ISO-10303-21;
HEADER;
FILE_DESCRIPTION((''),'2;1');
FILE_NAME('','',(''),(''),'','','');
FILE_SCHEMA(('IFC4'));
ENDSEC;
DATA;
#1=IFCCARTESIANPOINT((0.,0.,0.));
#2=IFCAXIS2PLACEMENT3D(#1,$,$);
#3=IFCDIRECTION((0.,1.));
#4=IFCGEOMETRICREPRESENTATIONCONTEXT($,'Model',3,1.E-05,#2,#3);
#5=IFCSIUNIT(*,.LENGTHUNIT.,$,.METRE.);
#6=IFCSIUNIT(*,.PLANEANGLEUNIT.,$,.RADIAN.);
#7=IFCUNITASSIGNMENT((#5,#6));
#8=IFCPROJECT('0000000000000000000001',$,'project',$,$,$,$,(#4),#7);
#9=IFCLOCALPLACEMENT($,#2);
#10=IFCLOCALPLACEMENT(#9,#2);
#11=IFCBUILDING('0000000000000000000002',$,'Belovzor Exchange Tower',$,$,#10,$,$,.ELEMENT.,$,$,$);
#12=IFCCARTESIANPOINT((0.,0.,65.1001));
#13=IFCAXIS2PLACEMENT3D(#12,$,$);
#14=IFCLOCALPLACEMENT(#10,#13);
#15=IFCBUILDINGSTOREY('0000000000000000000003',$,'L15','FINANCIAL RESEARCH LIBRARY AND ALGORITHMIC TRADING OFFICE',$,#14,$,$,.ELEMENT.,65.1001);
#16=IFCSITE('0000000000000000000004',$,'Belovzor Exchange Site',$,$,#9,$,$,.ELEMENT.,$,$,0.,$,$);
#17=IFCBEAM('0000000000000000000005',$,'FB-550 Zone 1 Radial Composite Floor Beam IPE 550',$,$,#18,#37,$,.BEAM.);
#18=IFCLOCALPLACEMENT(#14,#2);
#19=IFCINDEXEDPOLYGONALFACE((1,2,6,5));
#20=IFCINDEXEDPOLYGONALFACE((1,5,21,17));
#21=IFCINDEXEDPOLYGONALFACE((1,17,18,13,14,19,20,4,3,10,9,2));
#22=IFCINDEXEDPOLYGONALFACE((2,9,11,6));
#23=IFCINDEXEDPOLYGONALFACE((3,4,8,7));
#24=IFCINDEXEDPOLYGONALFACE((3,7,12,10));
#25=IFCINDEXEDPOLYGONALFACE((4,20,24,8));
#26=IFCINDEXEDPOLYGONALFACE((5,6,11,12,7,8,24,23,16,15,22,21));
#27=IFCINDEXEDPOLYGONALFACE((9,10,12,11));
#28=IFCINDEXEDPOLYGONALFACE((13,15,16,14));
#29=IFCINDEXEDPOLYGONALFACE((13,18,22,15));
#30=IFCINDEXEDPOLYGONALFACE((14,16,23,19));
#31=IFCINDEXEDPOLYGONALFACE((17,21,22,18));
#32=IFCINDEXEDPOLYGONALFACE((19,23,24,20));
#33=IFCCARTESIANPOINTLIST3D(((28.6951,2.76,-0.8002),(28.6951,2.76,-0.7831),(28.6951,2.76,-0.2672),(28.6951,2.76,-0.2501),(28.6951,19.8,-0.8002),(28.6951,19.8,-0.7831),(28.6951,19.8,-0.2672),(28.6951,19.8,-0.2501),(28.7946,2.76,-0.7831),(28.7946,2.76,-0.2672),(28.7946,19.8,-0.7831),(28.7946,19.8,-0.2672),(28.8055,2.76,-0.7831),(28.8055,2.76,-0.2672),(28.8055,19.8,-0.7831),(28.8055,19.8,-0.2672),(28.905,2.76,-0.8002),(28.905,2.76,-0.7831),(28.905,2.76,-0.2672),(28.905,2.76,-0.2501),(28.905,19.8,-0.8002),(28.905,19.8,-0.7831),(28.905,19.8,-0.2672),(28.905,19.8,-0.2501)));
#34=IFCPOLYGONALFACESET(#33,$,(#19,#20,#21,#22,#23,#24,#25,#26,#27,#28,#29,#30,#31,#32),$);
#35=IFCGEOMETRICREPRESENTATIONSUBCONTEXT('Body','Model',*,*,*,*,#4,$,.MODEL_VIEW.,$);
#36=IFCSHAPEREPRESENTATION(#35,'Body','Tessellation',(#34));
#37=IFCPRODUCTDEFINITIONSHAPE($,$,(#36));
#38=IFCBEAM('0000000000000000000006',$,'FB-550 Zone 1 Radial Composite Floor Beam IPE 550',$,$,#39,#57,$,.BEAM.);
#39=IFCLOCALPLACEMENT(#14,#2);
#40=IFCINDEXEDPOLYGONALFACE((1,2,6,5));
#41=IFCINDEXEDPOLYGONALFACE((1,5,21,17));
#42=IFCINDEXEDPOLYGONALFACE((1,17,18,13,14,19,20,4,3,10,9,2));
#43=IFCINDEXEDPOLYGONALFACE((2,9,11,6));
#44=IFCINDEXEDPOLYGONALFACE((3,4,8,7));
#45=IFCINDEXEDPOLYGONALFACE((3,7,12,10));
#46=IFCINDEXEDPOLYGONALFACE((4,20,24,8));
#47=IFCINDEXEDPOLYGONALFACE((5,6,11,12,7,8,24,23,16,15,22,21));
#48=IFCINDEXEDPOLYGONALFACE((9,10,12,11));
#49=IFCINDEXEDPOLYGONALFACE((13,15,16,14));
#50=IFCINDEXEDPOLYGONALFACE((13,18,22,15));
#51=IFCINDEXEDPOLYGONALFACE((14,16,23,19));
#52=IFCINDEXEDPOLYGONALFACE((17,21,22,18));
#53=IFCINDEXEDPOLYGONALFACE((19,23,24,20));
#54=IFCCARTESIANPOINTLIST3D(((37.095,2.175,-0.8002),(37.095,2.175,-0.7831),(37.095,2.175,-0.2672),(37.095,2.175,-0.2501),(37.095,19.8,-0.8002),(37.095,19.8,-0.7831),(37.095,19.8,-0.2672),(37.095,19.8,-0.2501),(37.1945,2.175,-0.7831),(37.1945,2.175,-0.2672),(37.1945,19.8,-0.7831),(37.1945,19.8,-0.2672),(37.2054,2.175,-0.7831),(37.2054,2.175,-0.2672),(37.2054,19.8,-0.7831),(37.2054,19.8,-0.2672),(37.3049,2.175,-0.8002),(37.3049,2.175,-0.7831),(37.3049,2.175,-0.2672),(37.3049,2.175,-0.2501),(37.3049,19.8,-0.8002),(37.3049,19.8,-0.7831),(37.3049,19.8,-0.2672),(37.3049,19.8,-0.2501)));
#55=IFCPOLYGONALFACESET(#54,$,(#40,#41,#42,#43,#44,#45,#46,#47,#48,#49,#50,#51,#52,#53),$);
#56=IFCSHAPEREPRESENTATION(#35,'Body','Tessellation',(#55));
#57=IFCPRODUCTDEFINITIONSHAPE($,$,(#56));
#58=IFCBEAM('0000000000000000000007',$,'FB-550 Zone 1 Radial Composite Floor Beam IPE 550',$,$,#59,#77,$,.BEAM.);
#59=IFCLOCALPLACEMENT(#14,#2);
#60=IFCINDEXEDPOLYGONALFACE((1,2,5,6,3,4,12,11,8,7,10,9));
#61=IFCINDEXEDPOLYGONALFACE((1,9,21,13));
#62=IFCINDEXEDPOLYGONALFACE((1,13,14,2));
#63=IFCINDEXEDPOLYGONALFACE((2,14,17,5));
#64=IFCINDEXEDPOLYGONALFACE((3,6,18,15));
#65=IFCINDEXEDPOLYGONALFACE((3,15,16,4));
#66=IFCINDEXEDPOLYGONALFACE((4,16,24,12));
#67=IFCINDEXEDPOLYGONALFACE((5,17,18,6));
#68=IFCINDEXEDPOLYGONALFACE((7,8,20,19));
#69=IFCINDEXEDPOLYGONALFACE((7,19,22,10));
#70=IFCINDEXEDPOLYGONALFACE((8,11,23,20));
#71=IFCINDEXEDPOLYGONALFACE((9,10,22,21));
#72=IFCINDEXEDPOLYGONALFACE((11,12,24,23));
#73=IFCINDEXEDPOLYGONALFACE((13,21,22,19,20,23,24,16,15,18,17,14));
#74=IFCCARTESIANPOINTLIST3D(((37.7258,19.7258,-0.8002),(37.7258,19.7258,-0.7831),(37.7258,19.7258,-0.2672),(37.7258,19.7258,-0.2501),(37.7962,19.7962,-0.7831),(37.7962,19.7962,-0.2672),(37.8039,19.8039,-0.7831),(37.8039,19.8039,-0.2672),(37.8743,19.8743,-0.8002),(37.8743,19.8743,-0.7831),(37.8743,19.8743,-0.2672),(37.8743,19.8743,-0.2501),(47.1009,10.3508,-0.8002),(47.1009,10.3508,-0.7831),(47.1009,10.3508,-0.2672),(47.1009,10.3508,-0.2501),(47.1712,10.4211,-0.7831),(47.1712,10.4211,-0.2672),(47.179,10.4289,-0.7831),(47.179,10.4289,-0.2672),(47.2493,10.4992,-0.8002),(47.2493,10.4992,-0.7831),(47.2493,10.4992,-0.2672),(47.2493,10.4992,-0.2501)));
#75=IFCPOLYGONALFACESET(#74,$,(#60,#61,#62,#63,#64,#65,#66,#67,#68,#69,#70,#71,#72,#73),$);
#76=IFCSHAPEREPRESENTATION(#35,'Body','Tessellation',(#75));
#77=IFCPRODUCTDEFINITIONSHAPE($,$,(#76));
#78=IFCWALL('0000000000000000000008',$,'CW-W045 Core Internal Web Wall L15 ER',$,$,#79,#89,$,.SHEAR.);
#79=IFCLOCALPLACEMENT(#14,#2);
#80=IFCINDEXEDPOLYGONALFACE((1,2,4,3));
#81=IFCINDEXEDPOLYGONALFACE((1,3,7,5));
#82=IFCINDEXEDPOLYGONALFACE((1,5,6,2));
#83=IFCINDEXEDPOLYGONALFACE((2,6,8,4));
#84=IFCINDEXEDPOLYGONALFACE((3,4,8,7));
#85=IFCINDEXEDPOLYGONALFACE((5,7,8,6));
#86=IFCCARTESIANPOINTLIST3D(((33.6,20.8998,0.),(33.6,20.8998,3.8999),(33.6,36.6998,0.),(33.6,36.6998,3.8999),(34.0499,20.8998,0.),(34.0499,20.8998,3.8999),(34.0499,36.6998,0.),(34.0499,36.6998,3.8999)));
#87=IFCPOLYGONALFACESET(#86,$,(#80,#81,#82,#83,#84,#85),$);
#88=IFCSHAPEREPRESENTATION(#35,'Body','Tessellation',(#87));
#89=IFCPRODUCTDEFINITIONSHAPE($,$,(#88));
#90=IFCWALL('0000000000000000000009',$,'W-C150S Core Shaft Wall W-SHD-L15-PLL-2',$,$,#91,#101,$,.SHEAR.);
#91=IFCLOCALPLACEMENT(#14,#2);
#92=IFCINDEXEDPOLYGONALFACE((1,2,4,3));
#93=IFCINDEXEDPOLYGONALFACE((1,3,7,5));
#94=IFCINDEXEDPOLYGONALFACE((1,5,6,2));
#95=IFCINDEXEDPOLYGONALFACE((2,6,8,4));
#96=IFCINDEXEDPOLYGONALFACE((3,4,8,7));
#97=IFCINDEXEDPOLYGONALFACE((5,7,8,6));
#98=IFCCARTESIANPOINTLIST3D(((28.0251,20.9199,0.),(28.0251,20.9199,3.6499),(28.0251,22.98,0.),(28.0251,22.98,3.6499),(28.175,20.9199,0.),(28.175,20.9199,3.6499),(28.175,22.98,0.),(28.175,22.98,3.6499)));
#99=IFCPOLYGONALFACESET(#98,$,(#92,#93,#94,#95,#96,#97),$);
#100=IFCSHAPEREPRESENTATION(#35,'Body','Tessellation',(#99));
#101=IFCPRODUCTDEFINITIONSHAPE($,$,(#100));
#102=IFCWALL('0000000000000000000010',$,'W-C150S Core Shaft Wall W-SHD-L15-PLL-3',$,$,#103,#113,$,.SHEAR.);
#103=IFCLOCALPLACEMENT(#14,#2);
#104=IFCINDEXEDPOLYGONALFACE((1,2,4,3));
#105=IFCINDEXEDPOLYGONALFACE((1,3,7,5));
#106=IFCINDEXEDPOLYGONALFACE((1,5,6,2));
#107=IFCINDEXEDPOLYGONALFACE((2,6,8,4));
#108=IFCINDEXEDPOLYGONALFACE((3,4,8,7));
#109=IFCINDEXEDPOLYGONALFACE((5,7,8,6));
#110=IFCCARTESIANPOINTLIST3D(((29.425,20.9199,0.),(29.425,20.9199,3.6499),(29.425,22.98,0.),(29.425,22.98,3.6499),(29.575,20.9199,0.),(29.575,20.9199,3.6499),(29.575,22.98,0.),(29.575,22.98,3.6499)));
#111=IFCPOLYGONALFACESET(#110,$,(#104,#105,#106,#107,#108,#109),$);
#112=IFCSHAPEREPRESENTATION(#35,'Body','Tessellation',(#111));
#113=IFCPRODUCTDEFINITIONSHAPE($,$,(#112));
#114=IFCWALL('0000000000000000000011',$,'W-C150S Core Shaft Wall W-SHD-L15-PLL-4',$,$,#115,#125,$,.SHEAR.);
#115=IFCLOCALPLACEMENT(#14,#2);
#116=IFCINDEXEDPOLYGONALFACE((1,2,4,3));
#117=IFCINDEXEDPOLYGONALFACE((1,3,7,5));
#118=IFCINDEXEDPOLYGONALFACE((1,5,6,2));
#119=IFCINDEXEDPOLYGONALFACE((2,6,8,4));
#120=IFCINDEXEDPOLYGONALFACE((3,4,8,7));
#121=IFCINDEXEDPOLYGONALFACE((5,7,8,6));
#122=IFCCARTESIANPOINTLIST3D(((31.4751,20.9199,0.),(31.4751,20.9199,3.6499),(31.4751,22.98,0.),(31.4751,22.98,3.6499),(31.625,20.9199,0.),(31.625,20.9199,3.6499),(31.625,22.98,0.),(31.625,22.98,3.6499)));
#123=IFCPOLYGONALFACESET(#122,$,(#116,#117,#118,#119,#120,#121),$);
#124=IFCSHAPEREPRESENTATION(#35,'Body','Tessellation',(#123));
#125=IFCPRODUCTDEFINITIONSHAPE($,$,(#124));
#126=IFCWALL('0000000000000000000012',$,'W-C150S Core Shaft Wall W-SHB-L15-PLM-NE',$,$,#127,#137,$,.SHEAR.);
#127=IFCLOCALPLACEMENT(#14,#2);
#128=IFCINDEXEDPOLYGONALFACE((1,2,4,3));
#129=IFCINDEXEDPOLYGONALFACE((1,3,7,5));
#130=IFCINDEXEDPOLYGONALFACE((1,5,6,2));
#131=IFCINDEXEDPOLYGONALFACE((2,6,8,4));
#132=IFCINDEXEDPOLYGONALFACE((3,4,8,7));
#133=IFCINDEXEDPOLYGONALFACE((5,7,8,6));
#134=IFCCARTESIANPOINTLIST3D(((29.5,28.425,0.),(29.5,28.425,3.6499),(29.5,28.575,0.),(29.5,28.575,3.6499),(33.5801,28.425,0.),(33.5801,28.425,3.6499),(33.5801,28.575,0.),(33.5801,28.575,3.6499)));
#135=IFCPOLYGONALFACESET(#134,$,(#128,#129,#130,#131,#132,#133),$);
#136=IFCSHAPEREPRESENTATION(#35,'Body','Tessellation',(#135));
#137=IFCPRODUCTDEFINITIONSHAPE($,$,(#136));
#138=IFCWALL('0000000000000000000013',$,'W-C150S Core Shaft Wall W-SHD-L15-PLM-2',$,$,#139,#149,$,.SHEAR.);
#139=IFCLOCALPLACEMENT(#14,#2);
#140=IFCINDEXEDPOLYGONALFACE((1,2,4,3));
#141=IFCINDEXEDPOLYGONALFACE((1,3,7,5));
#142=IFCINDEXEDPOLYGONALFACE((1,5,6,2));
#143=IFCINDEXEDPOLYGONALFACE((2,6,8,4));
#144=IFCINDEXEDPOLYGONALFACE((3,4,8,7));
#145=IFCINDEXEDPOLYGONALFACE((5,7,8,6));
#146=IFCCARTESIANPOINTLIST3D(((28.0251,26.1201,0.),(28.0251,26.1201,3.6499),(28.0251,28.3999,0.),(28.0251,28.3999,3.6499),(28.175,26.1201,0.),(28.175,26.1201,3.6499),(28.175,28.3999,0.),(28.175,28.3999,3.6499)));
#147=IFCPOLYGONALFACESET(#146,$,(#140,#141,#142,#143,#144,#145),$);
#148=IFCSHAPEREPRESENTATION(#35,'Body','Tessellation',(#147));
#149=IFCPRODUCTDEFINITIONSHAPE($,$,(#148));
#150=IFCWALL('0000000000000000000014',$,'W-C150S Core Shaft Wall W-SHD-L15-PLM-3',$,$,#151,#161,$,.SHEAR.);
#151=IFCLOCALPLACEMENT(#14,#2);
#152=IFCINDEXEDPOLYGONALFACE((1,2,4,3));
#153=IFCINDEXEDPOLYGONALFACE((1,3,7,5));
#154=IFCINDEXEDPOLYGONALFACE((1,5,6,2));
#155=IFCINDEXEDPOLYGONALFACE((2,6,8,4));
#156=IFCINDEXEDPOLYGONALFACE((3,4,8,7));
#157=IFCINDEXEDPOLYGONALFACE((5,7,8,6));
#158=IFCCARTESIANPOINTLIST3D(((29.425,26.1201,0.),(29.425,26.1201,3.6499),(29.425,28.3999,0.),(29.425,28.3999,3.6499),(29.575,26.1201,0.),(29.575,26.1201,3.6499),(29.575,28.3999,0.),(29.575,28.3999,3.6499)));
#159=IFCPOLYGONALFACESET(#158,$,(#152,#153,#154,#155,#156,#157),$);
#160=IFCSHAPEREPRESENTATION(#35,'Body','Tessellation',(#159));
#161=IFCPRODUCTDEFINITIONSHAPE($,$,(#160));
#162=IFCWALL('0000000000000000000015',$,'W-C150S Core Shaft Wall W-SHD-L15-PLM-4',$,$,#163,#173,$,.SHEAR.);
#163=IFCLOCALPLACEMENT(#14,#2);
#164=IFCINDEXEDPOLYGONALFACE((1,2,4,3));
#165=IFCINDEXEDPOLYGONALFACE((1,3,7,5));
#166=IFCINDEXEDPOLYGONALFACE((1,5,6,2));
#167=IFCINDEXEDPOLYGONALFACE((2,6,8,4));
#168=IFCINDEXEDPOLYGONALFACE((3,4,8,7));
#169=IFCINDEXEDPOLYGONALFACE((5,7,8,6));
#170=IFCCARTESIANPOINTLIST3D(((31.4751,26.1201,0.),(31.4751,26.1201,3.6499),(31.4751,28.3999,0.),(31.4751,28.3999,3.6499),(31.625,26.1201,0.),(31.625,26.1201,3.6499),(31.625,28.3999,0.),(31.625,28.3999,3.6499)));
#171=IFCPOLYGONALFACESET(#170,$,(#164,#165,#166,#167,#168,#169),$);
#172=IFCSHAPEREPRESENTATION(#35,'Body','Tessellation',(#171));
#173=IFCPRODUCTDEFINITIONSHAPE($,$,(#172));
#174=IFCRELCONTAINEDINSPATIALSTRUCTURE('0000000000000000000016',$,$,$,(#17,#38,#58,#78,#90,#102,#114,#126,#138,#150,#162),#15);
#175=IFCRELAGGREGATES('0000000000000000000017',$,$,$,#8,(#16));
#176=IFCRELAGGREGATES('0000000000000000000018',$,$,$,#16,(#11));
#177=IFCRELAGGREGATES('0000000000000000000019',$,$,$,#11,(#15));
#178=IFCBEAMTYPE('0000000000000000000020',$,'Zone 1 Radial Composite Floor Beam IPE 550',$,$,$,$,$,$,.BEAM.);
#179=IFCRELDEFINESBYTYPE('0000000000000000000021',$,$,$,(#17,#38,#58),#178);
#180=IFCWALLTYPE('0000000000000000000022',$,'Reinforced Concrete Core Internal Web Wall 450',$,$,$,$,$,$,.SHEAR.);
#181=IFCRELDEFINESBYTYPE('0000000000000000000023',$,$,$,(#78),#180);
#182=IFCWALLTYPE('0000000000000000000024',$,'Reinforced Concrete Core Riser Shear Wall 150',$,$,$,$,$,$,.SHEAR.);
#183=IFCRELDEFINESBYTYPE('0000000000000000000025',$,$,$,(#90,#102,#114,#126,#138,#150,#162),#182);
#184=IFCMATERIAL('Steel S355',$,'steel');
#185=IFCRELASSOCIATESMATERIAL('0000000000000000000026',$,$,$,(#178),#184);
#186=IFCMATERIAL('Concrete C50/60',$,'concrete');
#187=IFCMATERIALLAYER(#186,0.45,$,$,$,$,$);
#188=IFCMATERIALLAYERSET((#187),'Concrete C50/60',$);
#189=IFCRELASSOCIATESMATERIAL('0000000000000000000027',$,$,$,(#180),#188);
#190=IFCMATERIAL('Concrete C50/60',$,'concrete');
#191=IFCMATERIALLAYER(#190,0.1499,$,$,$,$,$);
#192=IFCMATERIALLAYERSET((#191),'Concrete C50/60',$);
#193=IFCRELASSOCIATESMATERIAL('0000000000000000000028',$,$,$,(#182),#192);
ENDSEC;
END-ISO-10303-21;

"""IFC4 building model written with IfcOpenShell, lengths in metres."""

from ifc_helpers import new_model, si_unit, direction, frame, frame_2d, origin, origin_2d, place, context, subcontext, project, spatial, rectangle, i_section, extrude, material, layer, layer_set, material_profile, profile_set, type_object, element, save


model = new_model("IFC4")

# Units and contexts
model_context = context("Model", 3, precision=1e-05, world=origin(), true_north=direction((0.0, 1.0)))
body_context = subcontext(model_context, "Body", "Model", "MODEL_VIEW")
ifc_project = project(units=[si_unit("LENGTHUNIT", "METRE"), si_unit("PLANEANGLEUNIT", "RADIAN")], contexts=[model_context])

# Site, building, storey
site_placement = place(None, origin())
site = spatial("IfcSite", under=ifc_project, at=site_placement, Name="Belovzor Exchange Site", CompositionType="ELEMENT", RefElevation=0.0)
building_placement = place(site_placement, origin())
building = spatial("IfcBuilding", under=site, at=building_placement, Name="Belovzor Exchange Tower", CompositionType="ELEMENT")
storey_placement = place(building_placement, frame((0.0, 0.0, 65.1001)))
storey = spatial("IfcBuildingStorey", under=building, at=storey_placement, Name="L15", Description="FINANCIAL RESEARCH LIBRARY AND ALGORITHMIC TRADING OFFICE", CompositionType="ELEMENT", Elevation=65.1001)

# Beams
ifc_material_1 = material(Name="Steel S355", Category="steel")
ifc_material_profile = material_profile(ifc_material_1, i_section(OverallWidth=0.21, OverallDepth=0.55, WebThickness=0.011, FlangeThickness=0.0171, at=origin_2d()))
ifc_profile_set = profile_set([ifc_material_profile], Name="Steel S355")
beam_type = type_object("IfcBeamType", Name="Zone 1 Radial Composite Floor Beam IPE 550", PredefinedType="BEAM", material=ifc_profile_set)
beam_1_placement = place(storey_placement, frame((28.8, 19.8, -0.5251), z_axis=(0.0, -1.0, 0.0), x_axis=(1.0, 0.0, 0.0)))
element("IfcBeam", 1, at=beam_1_placement, inside=storey, type_object=beam_type, Name="FB-550 Zone 1 Radial Composite Floor Beam IPE 550", PredefinedType="BEAM", context=body_context, shape_type="SweptSolid", body=[
    extrude(i_section(OverallWidth=0.21, OverallDepth=0.55, WebThickness=0.011, FlangeThickness=0.0171, at=origin_2d()), origin(), (0.0, 0.0, 1.0), 17.04),
])
beam_2_placement = place(storey_placement, frame((37.2, 19.8, -0.5251), z_axis=(0.0, -1.0, 0.0), x_axis=(1.0, 0.0, 0.0)))
element("IfcBeam", 2, at=beam_2_placement, inside=storey, type_object=beam_type, Name="FB-550 Zone 1 Radial Composite Floor Beam IPE 550", PredefinedType="BEAM", context=body_context, shape_type="SweptSolid", body=[
    extrude(i_section(OverallWidth=0.21, OverallDepth=0.55, WebThickness=0.011, FlangeThickness=0.0171, at=origin_2d()), origin(), (0.0, 0.0, 1.0), 17.625),
])
beam_3_placement = place(storey_placement, frame((37.8, 19.8, -0.5251), z_axis=(0.707107, -0.707107, 0.0), x_axis=(0.707107, 0.707107, 0.0)))
element("IfcBeam", 3, at=beam_3_placement, inside=storey, type_object=beam_type, Name="FB-550 Zone 1 Radial Composite Floor Beam IPE 550", PredefinedType="BEAM", context=body_context, shape_type="SweptSolid", body=[
    extrude(i_section(OverallWidth=0.21, OverallDepth=0.55, WebThickness=0.011, FlangeThickness=0.0171, at=origin_2d()), origin(), (0.0, 0.0, 1.0), 13.2583),
])

# Walls
ifc_material_2 = material(Name="Concrete C50/60", Category="concrete")
ifc_layer_1 = layer(ifc_material_2, 0.45)
ifc_layer_set_1 = layer_set([ifc_layer_1], Name="Concrete C50/60")
wall_type_1 = type_object("IfcWallType", Name="Reinforced Concrete Core Internal Web Wall 450", PredefinedType="SHEAR", material=ifc_layer_set_1)
wall_1_placement = place(storey_placement, frame((33.825, 20.8999, 0.0), z_axis=(0.0, 0.0, 1.0), x_axis=(0.0, 1.0, 0.0)))
element("IfcWall", 4, at=wall_1_placement, inside=storey, type_object=wall_type_1, Name="CW-W045 Core Internal Web Wall L15 ER", PredefinedType="SHEAR", context=body_context, shape_type="SweptSolid", body=[
    extrude(rectangle(XDim=15.8, YDim=0.45, at=frame_2d((7.8999, 0.0))), origin(), (0.0, 0.0, 1.0), 3.8999),
])
ifc_material_3 = material(Name="Concrete C50/60", Category="concrete")
ifc_layer_2 = layer(ifc_material_3, 0.1499)
ifc_layer_set_2 = layer_set([ifc_layer_2], Name="Concrete C50/60")
wall_type_2 = type_object("IfcWallType", Name="Reinforced Concrete Core Riser Shear Wall 150", PredefinedType="SHEAR", material=ifc_layer_set_2)
for number, where, z_axis, x_axis, name in (
    (5, (28.1001, 20.9199, 0.0), (0.0, 0.0, 1.0), (0.0, 1.0, 0.0), "W-C150S Core Shaft Wall W-SHD-L15-PLL-2"),
    (6, (29.5, 20.9199, 0.0), (0.0, 0.0, 1.0), (0.0, 1.0, 0.0), "W-C150S Core Shaft Wall W-SHD-L15-PLL-3"),
    (7, (31.55, 20.9199, 0.0), (0.0, 0.0, 1.0), (0.0, 1.0, 0.0), "W-C150S Core Shaft Wall W-SHD-L15-PLL-4"),
):
    element("IfcWall", number, at=place(storey_placement, frame(where, z_axis=z_axis, x_axis=x_axis)), inside=storey, type_object=wall_type_2, Name=name, PredefinedType="SHEAR", context=body_context, shape_type="SweptSolid", body=[
        extrude(rectangle(XDim=2.0601, YDim=0.1499, at=frame_2d((1.03, 0.0))), origin(), (0.0, 0.0, 1.0), 3.6499),
    ])
wall_2_placement = place(storey_placement, frame((29.5, 28.5, 0.0), z_axis=(0.0, 0.0, 1.0), x_axis=(1.0, 0.0, 0.0)))
element("IfcWall", 8, at=wall_2_placement, inside=storey, type_object=wall_type_2, Name="W-C150S Core Shaft Wall W-SHB-L15-PLM-NE", PredefinedType="SHEAR", context=body_context, shape_type="SweptSolid", body=[
    extrude(rectangle(XDim=4.0801, YDim=0.1499, at=frame_2d((2.04, 0.0))), origin(), (0.0, 0.0, 1.0), 3.6499),
])
for number, where, z_axis, x_axis, name in (
    (9, (28.1001, 26.1201, 0.0), (0.0, 0.0, 1.0), (0.0, 1.0, 0.0), "W-C150S Core Shaft Wall W-SHD-L15-PLM-2"),
    (10, (29.5, 26.1201, 0.0), (0.0, 0.0, 1.0), (0.0, 1.0, 0.0), "W-C150S Core Shaft Wall W-SHD-L15-PLM-3"),
    (11, (31.55, 26.1201, 0.0), (0.0, 0.0, 1.0), (0.0, 1.0, 0.0), "W-C150S Core Shaft Wall W-SHD-L15-PLM-4"),
):
    element("IfcWall", number, at=place(storey_placement, frame(where, z_axis=z_axis, x_axis=x_axis)), inside=storey, type_object=wall_type_2, Name=name, PredefinedType="SHEAR", context=body_context, shape_type="SweptSolid", body=[
        extrude(rectangle(XDim=2.2798, YDim=0.1499, at=frame_2d((1.1399, 0.0))), origin(), (0.0, 0.0, 1.0), 3.6499),
    ])

save(model, "model.ifc")
